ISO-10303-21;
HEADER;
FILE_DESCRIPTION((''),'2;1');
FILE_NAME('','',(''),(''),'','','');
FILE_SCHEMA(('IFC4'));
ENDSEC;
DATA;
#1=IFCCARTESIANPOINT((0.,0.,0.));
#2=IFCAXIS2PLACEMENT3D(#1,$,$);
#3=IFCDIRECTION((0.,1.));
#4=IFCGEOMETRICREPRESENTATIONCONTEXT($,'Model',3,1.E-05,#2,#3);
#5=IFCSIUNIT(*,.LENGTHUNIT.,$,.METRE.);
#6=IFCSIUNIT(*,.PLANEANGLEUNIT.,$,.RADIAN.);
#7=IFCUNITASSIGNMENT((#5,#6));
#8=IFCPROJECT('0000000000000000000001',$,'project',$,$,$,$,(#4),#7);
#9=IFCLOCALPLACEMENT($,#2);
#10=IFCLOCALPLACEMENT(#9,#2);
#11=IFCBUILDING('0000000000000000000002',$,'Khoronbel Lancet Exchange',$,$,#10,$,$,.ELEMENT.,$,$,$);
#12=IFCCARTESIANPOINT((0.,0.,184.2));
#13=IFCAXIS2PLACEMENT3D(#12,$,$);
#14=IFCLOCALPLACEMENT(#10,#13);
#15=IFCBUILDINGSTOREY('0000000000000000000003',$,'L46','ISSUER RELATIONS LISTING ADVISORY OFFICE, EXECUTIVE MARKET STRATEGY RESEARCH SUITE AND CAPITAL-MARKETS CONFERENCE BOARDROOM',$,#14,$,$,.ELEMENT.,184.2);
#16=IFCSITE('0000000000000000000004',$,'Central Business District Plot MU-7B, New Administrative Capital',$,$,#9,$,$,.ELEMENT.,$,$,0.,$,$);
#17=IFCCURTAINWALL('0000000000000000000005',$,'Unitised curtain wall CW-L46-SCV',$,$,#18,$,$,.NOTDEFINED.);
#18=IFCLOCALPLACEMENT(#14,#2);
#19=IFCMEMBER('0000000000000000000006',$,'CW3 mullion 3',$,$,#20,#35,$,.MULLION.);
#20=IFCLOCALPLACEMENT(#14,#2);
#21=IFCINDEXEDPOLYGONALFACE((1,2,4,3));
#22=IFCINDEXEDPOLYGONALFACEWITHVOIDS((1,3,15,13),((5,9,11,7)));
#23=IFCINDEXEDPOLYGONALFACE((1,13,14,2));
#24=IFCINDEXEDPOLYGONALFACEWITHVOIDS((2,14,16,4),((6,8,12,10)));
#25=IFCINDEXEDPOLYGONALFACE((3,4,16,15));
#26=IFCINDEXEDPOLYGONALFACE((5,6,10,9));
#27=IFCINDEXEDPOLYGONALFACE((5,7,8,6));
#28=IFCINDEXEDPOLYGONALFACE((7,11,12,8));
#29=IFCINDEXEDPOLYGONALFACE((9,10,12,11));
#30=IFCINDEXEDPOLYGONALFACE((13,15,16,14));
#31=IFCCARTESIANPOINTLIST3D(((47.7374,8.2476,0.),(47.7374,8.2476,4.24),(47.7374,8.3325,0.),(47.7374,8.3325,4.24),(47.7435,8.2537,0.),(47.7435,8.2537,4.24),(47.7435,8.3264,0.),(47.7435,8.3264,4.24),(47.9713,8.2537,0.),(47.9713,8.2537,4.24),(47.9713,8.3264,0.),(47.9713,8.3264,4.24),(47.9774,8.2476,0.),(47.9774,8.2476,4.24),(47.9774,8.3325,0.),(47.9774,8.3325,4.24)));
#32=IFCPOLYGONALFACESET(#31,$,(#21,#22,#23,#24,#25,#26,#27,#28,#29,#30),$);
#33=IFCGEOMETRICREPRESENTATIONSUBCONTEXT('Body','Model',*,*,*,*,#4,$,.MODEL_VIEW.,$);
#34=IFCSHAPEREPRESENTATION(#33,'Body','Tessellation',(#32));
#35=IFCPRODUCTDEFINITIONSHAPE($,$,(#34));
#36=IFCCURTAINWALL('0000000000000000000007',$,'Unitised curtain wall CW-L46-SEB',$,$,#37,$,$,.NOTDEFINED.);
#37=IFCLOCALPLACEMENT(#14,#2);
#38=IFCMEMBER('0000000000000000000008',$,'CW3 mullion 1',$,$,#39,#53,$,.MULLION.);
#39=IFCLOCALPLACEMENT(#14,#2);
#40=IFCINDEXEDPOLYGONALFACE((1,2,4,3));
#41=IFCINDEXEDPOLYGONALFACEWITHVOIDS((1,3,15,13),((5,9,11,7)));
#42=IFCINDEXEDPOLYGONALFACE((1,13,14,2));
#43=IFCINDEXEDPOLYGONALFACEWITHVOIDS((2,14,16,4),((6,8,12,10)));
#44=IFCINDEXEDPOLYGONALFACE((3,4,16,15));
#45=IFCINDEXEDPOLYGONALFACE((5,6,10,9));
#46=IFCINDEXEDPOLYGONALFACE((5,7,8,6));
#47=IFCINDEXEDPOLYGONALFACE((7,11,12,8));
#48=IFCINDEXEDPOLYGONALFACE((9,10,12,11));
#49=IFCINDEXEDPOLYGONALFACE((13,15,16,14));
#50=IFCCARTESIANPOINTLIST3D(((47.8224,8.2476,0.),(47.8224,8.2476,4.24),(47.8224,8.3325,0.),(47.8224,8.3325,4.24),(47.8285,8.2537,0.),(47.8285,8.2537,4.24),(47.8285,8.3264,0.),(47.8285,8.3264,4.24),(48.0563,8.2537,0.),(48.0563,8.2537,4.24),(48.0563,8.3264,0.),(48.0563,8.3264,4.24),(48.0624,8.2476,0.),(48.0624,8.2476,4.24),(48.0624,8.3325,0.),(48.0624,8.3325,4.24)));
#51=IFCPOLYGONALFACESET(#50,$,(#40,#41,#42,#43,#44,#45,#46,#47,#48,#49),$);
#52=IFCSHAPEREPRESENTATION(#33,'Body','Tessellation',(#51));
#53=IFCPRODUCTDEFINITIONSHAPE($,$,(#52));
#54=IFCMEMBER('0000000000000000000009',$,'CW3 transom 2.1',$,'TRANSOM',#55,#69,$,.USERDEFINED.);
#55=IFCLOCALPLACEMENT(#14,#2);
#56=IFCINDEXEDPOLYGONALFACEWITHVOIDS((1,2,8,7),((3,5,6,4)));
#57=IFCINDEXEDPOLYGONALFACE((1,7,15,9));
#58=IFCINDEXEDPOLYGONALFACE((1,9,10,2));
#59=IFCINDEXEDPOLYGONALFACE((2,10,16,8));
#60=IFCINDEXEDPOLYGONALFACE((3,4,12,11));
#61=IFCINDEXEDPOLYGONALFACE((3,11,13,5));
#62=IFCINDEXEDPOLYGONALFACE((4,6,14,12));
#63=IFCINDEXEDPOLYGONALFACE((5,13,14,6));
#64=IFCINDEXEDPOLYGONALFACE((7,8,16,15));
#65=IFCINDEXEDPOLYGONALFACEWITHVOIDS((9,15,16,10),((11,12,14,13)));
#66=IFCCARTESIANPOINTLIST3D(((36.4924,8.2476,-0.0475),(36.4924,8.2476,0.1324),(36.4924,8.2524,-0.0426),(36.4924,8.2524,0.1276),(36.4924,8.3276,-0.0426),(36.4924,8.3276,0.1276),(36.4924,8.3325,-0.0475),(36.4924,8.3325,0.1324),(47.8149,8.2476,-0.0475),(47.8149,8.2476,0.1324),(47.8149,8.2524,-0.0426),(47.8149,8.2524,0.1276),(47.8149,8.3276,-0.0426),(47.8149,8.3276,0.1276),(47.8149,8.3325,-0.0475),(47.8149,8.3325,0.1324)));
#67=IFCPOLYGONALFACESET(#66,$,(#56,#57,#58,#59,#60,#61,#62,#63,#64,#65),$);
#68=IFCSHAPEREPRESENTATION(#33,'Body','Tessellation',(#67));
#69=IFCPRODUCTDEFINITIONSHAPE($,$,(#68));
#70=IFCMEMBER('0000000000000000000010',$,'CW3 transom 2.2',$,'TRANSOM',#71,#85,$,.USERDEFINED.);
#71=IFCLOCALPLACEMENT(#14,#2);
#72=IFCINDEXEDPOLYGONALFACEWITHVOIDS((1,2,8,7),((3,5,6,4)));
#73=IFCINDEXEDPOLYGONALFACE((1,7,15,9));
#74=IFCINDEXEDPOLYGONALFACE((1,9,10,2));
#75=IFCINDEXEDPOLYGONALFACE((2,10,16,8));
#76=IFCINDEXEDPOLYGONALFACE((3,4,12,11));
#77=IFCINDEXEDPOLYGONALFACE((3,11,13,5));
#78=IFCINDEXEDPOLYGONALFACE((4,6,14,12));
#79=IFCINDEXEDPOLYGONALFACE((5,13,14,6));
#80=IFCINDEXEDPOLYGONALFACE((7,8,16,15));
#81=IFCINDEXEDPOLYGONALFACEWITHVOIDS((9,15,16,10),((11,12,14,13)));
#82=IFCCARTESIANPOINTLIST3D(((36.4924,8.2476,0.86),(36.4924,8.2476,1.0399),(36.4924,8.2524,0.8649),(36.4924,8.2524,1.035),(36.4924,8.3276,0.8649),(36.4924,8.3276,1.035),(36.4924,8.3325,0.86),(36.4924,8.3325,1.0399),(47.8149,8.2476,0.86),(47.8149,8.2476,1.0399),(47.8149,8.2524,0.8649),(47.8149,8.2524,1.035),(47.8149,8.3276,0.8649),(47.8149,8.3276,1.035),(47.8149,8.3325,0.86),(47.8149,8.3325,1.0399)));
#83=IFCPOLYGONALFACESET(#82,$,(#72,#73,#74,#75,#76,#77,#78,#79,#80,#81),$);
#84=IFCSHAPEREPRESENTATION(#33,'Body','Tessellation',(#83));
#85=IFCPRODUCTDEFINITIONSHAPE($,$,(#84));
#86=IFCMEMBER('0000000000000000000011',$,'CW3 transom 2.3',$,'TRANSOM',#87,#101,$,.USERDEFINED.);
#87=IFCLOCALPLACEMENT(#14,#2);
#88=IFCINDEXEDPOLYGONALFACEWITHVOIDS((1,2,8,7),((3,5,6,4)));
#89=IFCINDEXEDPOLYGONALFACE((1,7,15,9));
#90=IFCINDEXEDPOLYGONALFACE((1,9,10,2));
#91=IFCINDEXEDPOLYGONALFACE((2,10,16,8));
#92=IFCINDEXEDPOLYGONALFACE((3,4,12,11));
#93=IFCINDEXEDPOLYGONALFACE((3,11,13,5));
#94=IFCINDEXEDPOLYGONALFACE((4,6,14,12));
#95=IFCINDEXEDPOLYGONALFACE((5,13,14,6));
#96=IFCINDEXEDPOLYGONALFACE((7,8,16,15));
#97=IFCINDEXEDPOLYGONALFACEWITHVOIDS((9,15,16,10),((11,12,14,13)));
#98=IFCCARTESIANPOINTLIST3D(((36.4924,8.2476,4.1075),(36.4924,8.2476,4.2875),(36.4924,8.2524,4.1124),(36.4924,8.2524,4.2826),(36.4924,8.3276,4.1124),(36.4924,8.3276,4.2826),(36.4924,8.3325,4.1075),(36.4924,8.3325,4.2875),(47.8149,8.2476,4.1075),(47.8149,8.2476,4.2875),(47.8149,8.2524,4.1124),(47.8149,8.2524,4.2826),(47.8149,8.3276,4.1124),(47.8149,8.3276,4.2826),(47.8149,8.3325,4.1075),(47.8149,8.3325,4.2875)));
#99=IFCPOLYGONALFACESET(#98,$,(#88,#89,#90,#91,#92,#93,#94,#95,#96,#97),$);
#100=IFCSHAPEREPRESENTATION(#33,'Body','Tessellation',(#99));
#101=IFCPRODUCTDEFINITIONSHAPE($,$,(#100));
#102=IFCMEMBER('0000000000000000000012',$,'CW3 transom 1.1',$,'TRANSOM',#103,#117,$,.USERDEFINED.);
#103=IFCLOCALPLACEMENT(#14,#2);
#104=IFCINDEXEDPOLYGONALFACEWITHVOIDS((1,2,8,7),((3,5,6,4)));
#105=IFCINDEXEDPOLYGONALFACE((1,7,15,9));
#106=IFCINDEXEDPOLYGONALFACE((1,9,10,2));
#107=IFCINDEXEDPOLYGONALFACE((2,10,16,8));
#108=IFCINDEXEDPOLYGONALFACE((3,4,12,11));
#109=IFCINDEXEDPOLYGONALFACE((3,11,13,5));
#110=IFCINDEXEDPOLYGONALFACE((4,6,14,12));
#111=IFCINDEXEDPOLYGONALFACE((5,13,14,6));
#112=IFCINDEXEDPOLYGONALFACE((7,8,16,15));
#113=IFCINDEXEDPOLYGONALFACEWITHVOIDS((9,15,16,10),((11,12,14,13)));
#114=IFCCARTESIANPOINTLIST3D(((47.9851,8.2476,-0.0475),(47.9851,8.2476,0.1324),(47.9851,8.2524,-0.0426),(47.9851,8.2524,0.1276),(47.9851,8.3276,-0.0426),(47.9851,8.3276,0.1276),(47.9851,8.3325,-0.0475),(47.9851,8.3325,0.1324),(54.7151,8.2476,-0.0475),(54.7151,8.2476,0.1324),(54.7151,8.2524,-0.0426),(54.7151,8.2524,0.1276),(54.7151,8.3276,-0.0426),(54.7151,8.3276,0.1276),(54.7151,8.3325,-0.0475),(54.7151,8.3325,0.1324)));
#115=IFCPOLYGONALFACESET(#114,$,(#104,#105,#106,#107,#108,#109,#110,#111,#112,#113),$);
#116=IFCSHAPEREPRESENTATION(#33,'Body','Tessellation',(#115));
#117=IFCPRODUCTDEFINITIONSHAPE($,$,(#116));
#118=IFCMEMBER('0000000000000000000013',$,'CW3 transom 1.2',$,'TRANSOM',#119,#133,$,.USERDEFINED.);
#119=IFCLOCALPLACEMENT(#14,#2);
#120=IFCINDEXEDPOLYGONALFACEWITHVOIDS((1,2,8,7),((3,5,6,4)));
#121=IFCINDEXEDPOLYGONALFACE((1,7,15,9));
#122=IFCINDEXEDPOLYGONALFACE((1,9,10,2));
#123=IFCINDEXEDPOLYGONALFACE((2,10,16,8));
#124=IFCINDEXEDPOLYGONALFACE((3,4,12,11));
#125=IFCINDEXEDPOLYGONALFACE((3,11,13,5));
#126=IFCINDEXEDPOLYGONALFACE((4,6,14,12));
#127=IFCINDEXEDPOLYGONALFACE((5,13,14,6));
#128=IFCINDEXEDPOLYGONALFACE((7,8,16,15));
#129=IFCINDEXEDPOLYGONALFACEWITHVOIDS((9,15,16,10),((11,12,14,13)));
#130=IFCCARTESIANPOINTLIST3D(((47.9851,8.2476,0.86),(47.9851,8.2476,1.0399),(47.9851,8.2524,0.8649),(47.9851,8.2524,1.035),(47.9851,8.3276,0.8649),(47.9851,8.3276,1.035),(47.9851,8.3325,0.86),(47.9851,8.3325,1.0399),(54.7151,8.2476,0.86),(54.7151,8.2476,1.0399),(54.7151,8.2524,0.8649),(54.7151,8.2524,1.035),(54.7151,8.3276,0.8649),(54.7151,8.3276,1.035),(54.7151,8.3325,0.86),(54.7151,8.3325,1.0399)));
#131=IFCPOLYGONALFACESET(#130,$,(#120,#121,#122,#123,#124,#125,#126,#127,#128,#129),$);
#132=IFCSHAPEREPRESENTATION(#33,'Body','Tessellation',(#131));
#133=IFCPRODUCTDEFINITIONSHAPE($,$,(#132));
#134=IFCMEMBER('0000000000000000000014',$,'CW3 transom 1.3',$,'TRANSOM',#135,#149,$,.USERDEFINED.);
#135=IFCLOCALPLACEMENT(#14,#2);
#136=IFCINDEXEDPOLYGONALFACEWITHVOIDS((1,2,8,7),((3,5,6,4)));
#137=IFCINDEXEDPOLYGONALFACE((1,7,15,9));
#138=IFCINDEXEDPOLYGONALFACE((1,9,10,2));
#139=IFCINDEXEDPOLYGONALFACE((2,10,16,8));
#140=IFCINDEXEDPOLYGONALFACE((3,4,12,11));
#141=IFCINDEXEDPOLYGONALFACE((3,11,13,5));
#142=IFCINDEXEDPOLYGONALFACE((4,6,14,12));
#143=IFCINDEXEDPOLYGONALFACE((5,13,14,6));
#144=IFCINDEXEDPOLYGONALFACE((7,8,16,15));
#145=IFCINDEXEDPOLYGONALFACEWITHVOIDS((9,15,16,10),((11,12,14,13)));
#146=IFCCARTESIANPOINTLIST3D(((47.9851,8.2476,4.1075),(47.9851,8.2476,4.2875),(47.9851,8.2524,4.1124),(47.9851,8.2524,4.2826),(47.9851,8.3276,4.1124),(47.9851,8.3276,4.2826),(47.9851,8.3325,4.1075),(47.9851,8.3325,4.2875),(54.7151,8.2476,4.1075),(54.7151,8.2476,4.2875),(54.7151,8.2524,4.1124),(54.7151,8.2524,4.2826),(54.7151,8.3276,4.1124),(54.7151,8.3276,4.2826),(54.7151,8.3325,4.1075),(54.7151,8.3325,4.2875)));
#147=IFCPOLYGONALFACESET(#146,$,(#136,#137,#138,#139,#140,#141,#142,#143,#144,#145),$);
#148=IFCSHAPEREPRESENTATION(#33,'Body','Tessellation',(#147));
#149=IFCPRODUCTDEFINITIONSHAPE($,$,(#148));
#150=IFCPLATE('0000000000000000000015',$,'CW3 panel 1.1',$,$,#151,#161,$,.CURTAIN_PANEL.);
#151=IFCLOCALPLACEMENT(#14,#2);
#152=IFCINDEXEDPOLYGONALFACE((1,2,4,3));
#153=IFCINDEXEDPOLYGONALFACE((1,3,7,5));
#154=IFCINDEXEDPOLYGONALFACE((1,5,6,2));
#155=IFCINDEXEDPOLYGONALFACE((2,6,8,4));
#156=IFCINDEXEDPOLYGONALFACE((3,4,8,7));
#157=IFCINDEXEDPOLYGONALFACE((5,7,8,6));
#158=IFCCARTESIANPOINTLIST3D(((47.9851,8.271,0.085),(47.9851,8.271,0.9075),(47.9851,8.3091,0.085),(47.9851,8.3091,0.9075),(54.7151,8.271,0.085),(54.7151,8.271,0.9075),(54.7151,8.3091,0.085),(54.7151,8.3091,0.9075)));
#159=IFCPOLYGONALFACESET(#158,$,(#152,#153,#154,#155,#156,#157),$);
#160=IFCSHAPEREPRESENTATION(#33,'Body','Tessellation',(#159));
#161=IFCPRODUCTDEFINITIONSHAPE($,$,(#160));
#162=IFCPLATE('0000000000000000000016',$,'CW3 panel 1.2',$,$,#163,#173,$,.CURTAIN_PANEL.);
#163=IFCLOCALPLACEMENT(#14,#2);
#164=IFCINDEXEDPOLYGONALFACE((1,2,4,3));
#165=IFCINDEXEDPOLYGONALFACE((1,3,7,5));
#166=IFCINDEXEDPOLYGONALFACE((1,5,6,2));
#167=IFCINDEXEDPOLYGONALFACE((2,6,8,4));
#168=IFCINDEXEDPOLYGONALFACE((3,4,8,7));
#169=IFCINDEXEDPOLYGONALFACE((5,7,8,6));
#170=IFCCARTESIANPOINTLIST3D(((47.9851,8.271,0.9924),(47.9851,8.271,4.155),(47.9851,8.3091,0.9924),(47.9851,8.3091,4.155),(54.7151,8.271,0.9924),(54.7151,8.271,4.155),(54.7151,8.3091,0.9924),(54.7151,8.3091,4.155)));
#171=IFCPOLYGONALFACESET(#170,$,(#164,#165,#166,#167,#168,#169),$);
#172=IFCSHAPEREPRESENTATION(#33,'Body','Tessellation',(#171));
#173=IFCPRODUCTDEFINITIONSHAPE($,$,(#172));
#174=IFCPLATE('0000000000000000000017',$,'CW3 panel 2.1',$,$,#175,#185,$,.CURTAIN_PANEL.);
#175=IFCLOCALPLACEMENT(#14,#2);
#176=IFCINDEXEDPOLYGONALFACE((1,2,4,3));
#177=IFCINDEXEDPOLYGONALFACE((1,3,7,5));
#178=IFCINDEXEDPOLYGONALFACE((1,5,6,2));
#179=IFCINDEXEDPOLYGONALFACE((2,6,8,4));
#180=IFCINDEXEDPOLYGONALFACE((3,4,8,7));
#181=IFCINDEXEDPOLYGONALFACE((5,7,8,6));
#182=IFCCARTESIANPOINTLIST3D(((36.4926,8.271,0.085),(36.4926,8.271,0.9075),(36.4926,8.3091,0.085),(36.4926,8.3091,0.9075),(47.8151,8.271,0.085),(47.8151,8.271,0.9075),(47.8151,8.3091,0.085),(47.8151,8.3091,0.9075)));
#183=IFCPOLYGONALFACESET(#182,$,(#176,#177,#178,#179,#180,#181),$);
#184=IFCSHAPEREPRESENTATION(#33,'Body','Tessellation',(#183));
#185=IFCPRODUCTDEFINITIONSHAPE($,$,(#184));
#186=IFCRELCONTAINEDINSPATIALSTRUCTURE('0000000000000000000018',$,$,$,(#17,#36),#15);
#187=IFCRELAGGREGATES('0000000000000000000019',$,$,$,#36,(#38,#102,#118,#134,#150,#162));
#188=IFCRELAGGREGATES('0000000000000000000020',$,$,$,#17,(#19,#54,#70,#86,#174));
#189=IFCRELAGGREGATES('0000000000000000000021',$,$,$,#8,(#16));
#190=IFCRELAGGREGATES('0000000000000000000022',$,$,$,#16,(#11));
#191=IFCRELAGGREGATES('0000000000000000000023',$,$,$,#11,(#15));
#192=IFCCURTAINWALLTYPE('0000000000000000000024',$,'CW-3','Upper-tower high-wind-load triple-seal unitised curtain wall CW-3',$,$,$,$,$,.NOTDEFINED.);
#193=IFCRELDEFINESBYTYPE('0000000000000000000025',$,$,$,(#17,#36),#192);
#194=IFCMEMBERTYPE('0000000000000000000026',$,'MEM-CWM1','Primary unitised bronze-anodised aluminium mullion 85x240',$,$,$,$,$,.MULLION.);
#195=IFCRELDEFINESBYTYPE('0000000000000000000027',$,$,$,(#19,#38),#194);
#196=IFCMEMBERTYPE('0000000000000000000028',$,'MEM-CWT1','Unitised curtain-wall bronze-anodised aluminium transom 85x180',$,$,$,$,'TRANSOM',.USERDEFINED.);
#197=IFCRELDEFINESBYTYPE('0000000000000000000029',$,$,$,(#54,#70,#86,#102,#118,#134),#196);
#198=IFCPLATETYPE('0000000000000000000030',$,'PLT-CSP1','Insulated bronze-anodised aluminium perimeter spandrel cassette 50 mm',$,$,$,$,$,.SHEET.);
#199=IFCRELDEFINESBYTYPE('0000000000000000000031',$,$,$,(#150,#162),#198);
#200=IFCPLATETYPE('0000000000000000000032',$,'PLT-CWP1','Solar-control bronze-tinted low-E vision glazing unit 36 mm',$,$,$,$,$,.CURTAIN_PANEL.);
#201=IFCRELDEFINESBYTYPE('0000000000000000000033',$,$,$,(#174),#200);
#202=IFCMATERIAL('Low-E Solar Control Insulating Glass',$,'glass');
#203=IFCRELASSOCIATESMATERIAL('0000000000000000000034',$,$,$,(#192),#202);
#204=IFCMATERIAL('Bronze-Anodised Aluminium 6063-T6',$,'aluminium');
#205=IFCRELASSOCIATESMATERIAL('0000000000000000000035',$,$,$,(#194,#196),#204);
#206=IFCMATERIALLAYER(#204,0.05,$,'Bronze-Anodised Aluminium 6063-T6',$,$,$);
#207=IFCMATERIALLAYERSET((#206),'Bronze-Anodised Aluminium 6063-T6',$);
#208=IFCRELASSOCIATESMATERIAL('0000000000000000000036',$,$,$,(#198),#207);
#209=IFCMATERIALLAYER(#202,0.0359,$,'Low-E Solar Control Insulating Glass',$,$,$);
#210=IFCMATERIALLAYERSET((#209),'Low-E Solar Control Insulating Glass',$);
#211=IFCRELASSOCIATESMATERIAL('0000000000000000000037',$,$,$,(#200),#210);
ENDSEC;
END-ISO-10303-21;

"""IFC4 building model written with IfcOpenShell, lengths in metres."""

from ifc_helpers import new_model, si_unit, direction, frame, origin, origin_2d, place, context, subcontext, project, spatial, rectangle, hollow_rectangle, extrude, material, layer, layer_set, material_profile, profile_set, type_object, element, aggregate, save


model = new_model("IFC4")

# Units and contexts
model_context = context("Model", 3, precision=1e-05, world=origin(), true_north=direction((0.0, 1.0)))
body_context = subcontext(model_context, "Body", "Model", "MODEL_VIEW")
ifc_project = project(units=[si_unit("LENGTHUNIT", "METRE"), si_unit("PLANEANGLEUNIT", "RADIAN")], contexts=[model_context])

# Site, building, storey
site_placement = place(None, origin())
site = spatial("IfcSite", under=ifc_project, at=site_placement, Name="Central Business District Plot MU-7B, New Administrative Capital", CompositionType="ELEMENT", RefElevation=0.0)
building_placement = place(site_placement, origin())
building = spatial("IfcBuilding", under=site, at=building_placement, Name="Khoronbel Lancet Exchange", CompositionType="ELEMENT")
storey_placement = place(building_placement, frame((0.0, 0.0, 184.2)))
storey = spatial("IfcBuildingStorey", under=building, at=storey_placement, Name="L46", Description="ISSUER RELATIONS LISTING ADVISORY OFFICE, EXECUTIVE MARKET STRATEGY RESEARCH SUITE AND CAPITAL-MARKETS CONFERENCE BOARDROOM", CompositionType="ELEMENT", Elevation=184.2)

# Curtain wall, member
ifc_material_1 = material(Name="Low-E Solar Control Insulating Glass", Category="glass")
curtain_wall_type = type_object("IfcCurtainWallType", Name="CW-3", Description="Upper-tower high-wind-load triple-seal unitised curtain wall CW-3", PredefinedType="NOTDEFINED", material=ifc_material_1)
curtain_wall_1_placement = place(storey_placement, origin())
curtain_wall_1 = element("IfcCurtainWall", 1, at=curtain_wall_1_placement, inside=storey, type_object=curtain_wall_type, Name="Unitised curtain wall CW-L46-SCV", PredefinedType="NOTDEFINED")
ifc_material_2 = material(Name="Bronze-Anodised Aluminium 6063-T6", Category="aluminium")
ifc_material_profile_1 = material_profile(ifc_material_2, hollow_rectangle(XDim=0.085, YDim=0.24, WallThickness=0.0061, at=origin_2d()), Name="ALU MULLION 85x240")
ifc_profile_set_1 = profile_set([ifc_material_profile_1], Name="Bronze-Anodised Aluminium 6063-T6")
member_type_1 = type_object("IfcMemberType", Name="MEM-CWM1", Description="Primary unitised bronze-anodised aluminium mullion 85x240", PredefinedType="MULLION", material=ifc_profile_set_1)
member_1_placement = place(storey_placement, frame((47.8574, 8.29, 0.0), z_axis=(0.0, 0.0, 1.0), x_axis=(0.0, 1.0, 0.0)))
member_1 = element("IfcMember", 2, at=member_1_placement, type_object=member_type_1, Name="CW3 mullion 3", PredefinedType="MULLION", context=body_context, shape_type="SweptSolid", body=[
    extrude(hollow_rectangle(XDim=0.085, YDim=0.24, WallThickness=0.0061, at=origin_2d()), origin(), (0.0, 0.0, 1.0), 4.24),
])

# Curtain wall, member
curtain_wall_2_placement = place(storey_placement, origin())
curtain_wall_2 = element("IfcCurtainWall", 3, at=curtain_wall_2_placement, inside=storey, type_object=curtain_wall_type, Name="Unitised curtain wall CW-L46-SEB", PredefinedType="NOTDEFINED")
member_2_placement = place(storey_placement, frame((47.9424, 8.29, 0.0), z_axis=(0.0, 0.0, 1.0), x_axis=(0.0, 1.0, 0.0)))
member_2 = element("IfcMember", 4, at=member_2_placement, type_object=member_type_1, Name="CW3 mullion 1", PredefinedType="MULLION", context=body_context, shape_type="SweptSolid", body=[
    extrude(hollow_rectangle(XDim=0.085, YDim=0.24, WallThickness=0.0061, at=origin_2d()), origin(), (0.0, 0.0, 1.0), 4.24),
])

# Members
ifc_material_profile_2 = material_profile(ifc_material_2, hollow_rectangle(XDim=0.085, YDim=0.1799, WallThickness=0.0049, at=origin_2d()), Name="ALU TRANSOM 85x180")
ifc_profile_set_2 = profile_set([ifc_material_profile_2], Name="Bronze-Anodised Aluminium 6063-T6")
member_type_2 = type_object("IfcMemberType", Name="MEM-CWT1", Description="Unitised curtain-wall bronze-anodised aluminium transom 85x180", ElementType="TRANSOM", PredefinedType="USERDEFINED", material=ifc_profile_set_2)
member_3_placement = place(storey_placement, frame((36.4924, 8.29, 0.0425), z_axis=(1.0, 0.0, 0.0), x_axis=(0.0, 1.0, 0.0)))
member_3 = element("IfcMember", 5, at=member_3_placement, type_object=member_type_2, Name="CW3 transom 2.1", ObjectType="TRANSOM", PredefinedType="USERDEFINED", context=body_context, shape_type="SweptSolid", body=[
    extrude(hollow_rectangle(XDim=0.085, YDim=0.1799, WallThickness=0.0049, at=origin_2d()), origin(), (0.0, 0.0, 1.0), 11.3225),
])
member_4_placement = place(storey_placement, frame((36.4924, 8.29, 0.95), z_axis=(1.0, 0.0, 0.0), x_axis=(0.0, 1.0, 0.0)))
member_4 = element("IfcMember", 6, at=member_4_placement, type_object=member_type_2, Name="CW3 transom 2.2", ObjectType="TRANSOM", PredefinedType="USERDEFINED", context=body_context, shape_type="SweptSolid", body=[
    extrude(hollow_rectangle(XDim=0.085, YDim=0.1799, WallThickness=0.0049, at=origin_2d()), origin(), (0.0, 0.0, 1.0), 11.3225),
])
member_5_placement = place(storey_placement, frame((36.4924, 8.29, 4.1975), z_axis=(1.0, 0.0, 0.0), x_axis=(0.0, 1.0, 0.0)))
member_5 = element("IfcMember", 7, at=member_5_placement, type_object=member_type_2, Name="CW3 transom 2.3", ObjectType="TRANSOM", PredefinedType="USERDEFINED", context=body_context, shape_type="SweptSolid", body=[
    extrude(hollow_rectangle(XDim=0.085, YDim=0.1799, WallThickness=0.0049, at=origin_2d()), origin(), (0.0, 0.0, 1.0), 11.3225),
])
member_6_placement = place(storey_placement, frame((47.9851, 8.29, 0.0425), z_axis=(1.0, 0.0, 0.0), x_axis=(0.0, 1.0, 0.0)))
member_6 = element("IfcMember", 8, at=member_6_placement, type_object=member_type_2, Name="CW3 transom 1.1", ObjectType="TRANSOM", PredefinedType="USERDEFINED", context=body_context, shape_type="SweptSolid", body=[
    extrude(hollow_rectangle(XDim=0.085, YDim=0.1799, WallThickness=0.0049, at=origin_2d()), origin(), (0.0, 0.0, 1.0), 6.73),
])
member_7_placement = place(storey_placement, frame((47.9851, 8.29, 0.95), z_axis=(1.0, 0.0, 0.0), x_axis=(0.0, 1.0, 0.0)))
member_7 = element("IfcMember", 9, at=member_7_placement, type_object=member_type_2, Name="CW3 transom 1.2", ObjectType="TRANSOM", PredefinedType="USERDEFINED", context=body_context, shape_type="SweptSolid", body=[
    extrude(hollow_rectangle(XDim=0.085, YDim=0.1799, WallThickness=0.0049, at=origin_2d()), origin(), (0.0, 0.0, 1.0), 6.73),
])
member_8_placement = place(storey_placement, frame((47.9851, 8.29, 4.1975), z_axis=(1.0, 0.0, 0.0), x_axis=(0.0, 1.0, 0.0)))
member_8 = element("IfcMember", 10, at=member_8_placement, type_object=member_type_2, Name="CW3 transom 1.3", ObjectType="TRANSOM", PredefinedType="USERDEFINED", context=body_context, shape_type="SweptSolid", body=[
    extrude(hollow_rectangle(XDim=0.085, YDim=0.1799, WallThickness=0.0049, at=origin_2d()), origin(), (0.0, 0.0, 1.0), 6.73),
])

# Plates
ifc_layer_1 = layer(ifc_material_2, 0.05, Name="Bronze-Anodised Aluminium 6063-T6")
ifc_layer_set_1 = layer_set([ifc_layer_1], Name="Bronze-Anodised Aluminium 6063-T6")
plate_type_1 = type_object("IfcPlateType", Name="PLT-CSP1", Description="Insulated bronze-anodised aluminium perimeter spandrel cassette 50 mm", PredefinedType="SHEET", material=ifc_layer_set_1)
plate_1_placement = place(storey_placement, frame((51.3501, 8.29, 0.085), z_axis=(0.0, 0.0, 1.0), x_axis=(1.0, 0.0, 0.0)))
plate_1 = element("IfcPlate", 11, at=plate_1_placement, type_object=plate_type_1, Name="CW3 panel 1.1", PredefinedType="CURTAIN_PANEL", context=body_context, shape_type="SweptSolid", body=[
    extrude(rectangle(XDim=6.73, YDim=0.0381, at=origin_2d()), origin(), (0.0, 0.0, 1.0), 0.8225),
])
plate_2_placement = place(storey_placement, frame((51.3501, 8.29, 0.9924), z_axis=(0.0, 0.0, 1.0), x_axis=(1.0, 0.0, 0.0)))
plate_2 = element("IfcPlate", 12, at=plate_2_placement, type_object=plate_type_1, Name="CW3 panel 1.2", PredefinedType="CURTAIN_PANEL", context=body_context, shape_type="SweptSolid", body=[
    extrude(rectangle(XDim=6.73, YDim=0.0381, at=origin_2d()), origin(), (0.0, 0.0, 1.0), 3.1626),
])
aggregate(curtain_wall_2, [member_2, member_6, member_7, member_8, plate_1, plate_2])
ifc_layer_2 = layer(ifc_material_1, 0.0359, Name="Low-E Solar Control Insulating Glass")
ifc_layer_set_2 = layer_set([ifc_layer_2], Name="Low-E Solar Control Insulating Glass")
plate_type_2 = type_object("IfcPlateType", Name="PLT-CWP1", Description="Solar-control bronze-tinted low-E vision glazing unit 36 mm", PredefinedType="CURTAIN_PANEL", material=ifc_layer_set_2)
plate_3_placement = place(storey_placement, frame((42.1538, 8.29, 0.085), z_axis=(0.0, 0.0, 1.0), x_axis=(1.0, 0.0, 0.0)))
plate_3 = element("IfcPlate", 13, at=plate_3_placement, type_object=plate_type_2, Name="CW3 panel 2.1", PredefinedType="CURTAIN_PANEL", context=body_context, shape_type="SweptSolid", body=[
    extrude(rectangle(XDim=11.3225, YDim=0.0381, at=origin_2d()), origin(), (0.0, 0.0, 1.0), 0.8225),
])
aggregate(curtain_wall_1, [member_1, member_3, member_4, member_5, plate_3])

save(model, "model.ifc")
